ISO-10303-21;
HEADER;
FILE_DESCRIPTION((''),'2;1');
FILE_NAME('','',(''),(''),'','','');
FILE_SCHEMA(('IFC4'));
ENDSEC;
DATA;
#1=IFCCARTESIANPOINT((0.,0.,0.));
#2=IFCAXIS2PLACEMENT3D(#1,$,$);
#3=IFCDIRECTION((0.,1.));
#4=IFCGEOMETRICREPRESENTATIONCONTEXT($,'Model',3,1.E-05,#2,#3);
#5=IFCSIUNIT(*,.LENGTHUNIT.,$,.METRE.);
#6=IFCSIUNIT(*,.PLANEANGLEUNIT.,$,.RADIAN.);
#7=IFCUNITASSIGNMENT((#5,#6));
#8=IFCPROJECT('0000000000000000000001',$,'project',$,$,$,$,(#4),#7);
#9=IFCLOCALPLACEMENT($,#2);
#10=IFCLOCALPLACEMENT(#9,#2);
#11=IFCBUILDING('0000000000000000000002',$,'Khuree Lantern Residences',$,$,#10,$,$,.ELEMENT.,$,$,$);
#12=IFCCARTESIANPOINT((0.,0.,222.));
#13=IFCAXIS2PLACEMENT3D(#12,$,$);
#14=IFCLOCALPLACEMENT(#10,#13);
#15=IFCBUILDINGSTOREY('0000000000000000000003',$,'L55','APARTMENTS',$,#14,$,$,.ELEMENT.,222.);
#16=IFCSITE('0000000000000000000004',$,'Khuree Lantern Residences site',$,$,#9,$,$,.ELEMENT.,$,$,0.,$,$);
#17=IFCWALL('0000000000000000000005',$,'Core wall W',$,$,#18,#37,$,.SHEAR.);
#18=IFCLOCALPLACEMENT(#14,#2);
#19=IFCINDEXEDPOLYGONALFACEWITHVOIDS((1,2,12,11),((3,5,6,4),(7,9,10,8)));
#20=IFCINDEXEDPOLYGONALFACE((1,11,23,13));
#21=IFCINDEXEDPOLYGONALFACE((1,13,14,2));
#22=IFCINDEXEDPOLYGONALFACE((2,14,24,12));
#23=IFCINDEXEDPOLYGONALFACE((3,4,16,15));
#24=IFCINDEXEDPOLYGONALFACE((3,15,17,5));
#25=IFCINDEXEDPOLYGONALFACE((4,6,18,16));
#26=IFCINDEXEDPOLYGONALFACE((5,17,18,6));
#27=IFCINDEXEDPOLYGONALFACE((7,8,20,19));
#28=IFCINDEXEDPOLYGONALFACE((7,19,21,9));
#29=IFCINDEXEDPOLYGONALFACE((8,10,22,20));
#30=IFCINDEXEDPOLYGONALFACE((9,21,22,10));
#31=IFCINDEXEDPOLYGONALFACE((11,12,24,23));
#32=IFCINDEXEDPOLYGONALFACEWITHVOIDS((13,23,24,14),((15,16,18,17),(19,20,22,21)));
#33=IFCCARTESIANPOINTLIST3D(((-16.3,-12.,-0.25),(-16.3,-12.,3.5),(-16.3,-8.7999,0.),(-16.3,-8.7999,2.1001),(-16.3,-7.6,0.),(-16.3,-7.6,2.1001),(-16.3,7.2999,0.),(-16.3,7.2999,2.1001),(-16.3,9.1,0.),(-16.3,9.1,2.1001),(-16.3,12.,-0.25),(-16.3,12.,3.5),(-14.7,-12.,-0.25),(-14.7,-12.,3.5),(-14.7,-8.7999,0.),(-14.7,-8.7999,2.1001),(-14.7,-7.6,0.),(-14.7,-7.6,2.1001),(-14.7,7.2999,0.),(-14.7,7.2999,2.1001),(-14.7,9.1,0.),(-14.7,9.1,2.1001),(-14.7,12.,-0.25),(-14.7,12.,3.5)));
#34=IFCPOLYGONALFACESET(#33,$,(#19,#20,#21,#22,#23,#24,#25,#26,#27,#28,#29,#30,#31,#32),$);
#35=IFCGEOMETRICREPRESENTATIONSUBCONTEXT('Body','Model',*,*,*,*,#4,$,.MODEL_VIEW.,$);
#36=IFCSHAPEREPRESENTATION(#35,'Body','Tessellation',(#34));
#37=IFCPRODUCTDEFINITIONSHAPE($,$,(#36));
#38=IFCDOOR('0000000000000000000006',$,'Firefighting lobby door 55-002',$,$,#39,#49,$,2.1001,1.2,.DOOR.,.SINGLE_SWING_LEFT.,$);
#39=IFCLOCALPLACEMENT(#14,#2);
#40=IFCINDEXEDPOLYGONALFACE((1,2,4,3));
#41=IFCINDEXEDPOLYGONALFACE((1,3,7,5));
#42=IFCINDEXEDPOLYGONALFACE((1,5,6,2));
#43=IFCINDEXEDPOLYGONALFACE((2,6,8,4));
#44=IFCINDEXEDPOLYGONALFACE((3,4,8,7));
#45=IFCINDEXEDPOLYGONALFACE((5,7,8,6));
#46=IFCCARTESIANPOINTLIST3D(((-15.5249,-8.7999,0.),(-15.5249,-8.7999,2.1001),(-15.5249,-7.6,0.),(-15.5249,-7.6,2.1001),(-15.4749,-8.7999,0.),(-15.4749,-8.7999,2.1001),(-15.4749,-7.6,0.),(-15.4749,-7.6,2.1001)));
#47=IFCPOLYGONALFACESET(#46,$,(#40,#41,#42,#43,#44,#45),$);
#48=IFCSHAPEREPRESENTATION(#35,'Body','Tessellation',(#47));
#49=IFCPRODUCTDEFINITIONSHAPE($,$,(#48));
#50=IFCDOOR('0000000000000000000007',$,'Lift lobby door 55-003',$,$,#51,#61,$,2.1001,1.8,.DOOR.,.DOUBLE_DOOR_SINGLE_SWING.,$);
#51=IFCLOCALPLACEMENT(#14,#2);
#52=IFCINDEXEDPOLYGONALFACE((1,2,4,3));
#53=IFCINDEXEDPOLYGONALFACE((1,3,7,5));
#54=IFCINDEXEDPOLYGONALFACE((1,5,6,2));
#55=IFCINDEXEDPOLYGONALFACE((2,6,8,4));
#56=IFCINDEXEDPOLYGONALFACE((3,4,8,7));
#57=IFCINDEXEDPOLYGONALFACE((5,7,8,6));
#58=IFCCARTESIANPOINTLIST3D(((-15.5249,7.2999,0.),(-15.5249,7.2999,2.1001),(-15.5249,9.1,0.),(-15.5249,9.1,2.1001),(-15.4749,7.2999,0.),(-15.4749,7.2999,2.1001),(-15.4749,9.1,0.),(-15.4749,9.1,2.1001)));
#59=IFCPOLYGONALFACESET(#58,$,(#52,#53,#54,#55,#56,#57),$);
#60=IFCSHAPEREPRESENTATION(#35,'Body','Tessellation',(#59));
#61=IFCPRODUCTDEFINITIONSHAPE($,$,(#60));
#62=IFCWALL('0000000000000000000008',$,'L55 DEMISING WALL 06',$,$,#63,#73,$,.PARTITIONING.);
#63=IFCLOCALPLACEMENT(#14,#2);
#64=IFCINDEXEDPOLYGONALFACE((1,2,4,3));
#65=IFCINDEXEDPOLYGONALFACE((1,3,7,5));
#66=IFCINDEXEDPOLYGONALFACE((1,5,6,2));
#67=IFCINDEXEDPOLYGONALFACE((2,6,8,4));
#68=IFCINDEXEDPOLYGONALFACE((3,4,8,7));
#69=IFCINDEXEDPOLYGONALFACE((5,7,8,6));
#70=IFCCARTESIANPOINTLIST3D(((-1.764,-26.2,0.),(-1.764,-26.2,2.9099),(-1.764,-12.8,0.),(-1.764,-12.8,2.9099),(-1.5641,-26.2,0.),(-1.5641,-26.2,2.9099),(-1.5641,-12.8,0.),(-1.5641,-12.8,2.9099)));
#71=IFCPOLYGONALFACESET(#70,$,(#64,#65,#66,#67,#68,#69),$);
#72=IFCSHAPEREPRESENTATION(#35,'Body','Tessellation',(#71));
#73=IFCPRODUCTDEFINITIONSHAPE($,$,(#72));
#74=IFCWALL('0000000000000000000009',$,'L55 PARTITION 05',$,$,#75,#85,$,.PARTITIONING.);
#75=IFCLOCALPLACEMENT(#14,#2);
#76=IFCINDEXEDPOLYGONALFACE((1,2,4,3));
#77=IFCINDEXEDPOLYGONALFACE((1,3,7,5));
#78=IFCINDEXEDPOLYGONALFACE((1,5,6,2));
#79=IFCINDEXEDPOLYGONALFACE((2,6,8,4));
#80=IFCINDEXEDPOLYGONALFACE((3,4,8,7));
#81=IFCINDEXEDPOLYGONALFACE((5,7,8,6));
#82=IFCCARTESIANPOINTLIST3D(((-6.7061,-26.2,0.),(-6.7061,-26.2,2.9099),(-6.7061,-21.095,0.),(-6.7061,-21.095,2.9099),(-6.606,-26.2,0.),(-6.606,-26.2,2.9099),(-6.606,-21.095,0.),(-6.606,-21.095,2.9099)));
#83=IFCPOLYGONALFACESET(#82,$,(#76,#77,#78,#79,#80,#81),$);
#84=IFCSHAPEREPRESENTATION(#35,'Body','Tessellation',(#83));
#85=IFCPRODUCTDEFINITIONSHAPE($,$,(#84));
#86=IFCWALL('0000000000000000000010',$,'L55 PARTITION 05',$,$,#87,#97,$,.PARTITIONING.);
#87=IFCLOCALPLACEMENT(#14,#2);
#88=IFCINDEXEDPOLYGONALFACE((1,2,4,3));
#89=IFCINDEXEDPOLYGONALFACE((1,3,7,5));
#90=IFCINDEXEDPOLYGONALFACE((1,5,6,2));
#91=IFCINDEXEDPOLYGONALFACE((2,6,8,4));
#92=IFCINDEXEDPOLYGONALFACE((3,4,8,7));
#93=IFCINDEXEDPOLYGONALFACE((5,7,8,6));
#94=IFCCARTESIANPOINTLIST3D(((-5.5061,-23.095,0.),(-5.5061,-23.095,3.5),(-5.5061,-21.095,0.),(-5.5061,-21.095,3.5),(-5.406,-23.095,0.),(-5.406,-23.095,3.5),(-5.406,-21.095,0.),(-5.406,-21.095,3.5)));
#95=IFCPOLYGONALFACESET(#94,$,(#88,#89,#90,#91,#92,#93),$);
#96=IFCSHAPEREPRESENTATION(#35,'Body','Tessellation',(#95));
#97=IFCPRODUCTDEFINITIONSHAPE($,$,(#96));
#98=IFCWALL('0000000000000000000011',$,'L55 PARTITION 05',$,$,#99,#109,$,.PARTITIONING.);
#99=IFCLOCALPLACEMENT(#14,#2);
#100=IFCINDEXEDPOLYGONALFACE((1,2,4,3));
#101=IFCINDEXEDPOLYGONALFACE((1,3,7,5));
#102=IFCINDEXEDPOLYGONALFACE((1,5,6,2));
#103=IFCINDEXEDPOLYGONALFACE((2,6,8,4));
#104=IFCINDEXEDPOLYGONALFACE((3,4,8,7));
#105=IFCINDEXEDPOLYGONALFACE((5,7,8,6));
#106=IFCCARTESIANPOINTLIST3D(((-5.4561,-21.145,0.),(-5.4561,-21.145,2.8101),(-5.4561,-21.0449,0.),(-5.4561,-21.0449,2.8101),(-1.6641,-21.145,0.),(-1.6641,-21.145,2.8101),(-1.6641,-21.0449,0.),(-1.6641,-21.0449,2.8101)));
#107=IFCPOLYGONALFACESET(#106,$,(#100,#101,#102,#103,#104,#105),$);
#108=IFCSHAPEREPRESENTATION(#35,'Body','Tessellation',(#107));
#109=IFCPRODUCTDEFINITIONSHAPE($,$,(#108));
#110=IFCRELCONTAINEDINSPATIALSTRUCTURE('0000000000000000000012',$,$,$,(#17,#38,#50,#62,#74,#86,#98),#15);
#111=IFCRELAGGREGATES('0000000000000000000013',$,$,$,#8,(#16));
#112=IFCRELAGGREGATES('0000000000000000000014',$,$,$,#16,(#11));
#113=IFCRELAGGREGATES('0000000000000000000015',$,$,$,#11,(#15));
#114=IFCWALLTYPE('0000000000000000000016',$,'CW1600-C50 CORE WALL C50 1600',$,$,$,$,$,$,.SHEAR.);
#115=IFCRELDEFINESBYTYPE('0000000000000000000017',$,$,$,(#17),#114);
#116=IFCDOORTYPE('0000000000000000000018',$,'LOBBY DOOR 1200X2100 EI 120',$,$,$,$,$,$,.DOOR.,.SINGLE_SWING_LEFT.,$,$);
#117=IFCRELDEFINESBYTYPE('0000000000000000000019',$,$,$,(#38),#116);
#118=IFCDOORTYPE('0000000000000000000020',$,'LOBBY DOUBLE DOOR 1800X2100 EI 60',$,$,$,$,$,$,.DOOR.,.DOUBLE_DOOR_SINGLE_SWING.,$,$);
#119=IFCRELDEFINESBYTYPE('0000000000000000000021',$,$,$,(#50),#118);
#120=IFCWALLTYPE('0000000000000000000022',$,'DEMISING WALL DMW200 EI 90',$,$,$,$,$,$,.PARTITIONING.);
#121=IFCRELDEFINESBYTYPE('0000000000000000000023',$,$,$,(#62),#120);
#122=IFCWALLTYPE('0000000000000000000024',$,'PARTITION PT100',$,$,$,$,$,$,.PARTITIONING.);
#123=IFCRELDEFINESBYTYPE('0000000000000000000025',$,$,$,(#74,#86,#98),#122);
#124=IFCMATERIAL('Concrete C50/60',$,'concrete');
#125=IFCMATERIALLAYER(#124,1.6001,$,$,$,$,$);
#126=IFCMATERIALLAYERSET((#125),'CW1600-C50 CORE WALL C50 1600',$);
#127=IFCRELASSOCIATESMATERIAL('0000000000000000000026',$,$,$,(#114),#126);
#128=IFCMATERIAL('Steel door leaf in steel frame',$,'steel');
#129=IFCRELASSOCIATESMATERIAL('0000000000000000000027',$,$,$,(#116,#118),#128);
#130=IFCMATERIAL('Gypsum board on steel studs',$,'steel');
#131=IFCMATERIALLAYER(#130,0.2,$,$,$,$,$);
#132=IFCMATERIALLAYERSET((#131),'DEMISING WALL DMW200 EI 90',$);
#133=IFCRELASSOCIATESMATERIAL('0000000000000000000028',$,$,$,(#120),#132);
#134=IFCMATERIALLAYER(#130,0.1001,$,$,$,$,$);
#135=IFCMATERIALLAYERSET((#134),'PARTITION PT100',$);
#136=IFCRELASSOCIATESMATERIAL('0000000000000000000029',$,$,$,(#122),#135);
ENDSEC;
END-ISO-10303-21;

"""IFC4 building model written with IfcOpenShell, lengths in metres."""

from ifc_helpers import new_model, si_unit, direction, frame, frame_2d, origin, place, context, subcontext, project, spatial, rectangle, extrude, material, layer, layer_set, type_object, element, fill, save


model = new_model("IFC4")

# Units and contexts
model_context = context("Model", 3, precision=1e-05, world=origin(), true_north=direction((0.0, 1.0)))
body_context = subcontext(model_context, "Body", "Model", "MODEL_VIEW")
ifc_project = project(units=[si_unit("LENGTHUNIT", "METRE"), si_unit("PLANEANGLEUNIT", "RADIAN")], contexts=[model_context])

# Site, building, storey
site_placement = place(None, origin())
site = spatial("IfcSite", under=ifc_project, at=site_placement, Name="Khuree Lantern Residences site", CompositionType="ELEMENT", RefElevation=0.0)
building_placement = place(site_placement, origin())
building = spatial("IfcBuilding", under=site, at=building_placement, Name="Khuree Lantern Residences", CompositionType="ELEMENT")
storey_placement = place(building_placement, frame((0.0, 0.0, 222.0)))
storey = spatial("IfcBuildingStorey", under=building, at=storey_placement, Name="L55", Description="APARTMENTS", CompositionType="ELEMENT", Elevation=222.0)

# Shared definitions
ifc_material_1 = material(Name="Concrete C50/60", Category="concrete")

# Shared definitions
ifc_material_2 = material(Name="Gypsum board on steel studs", Category="steel")
ifc_layer_1 = layer(ifc_material_1, 1.6001)
ifc_layer_set_1 = layer_set([ifc_layer_1], Name="CW1600-C50 CORE WALL C50 1600")
wall_type_1 = type_object("IfcWallType", Name="CW1600-C50 CORE WALL C50 1600", PredefinedType="SHEAR", material=ifc_layer_set_1)

# Wall, openings, doors
wall_1_placement = place(storey_placement, frame((-15.5, -12.0, -0.25), z_axis=(0.0, 0.0, 1.0), x_axis=(0.0, 1.0, 0.0)))
wall_1 = element("IfcWall", 1, at=wall_1_placement, inside=storey, type_object=wall_type_1, Name="Core wall W", PredefinedType="SHEAR", context=body_context, shape_type="SweptSolid", body=[
    extrude(rectangle(XDim=24.0, YDim=1.6001, at=frame_2d((12.0, 0.0))), origin(), (0.0, 0.0, 1.0), 3.75),
])
opening_1_placement = place(wall_1_placement, frame((3.2, 0.0, 0.25)))
opening_1 = element("IfcOpeningElement", 2, at=opening_1_placement, cuts=wall_1, PredefinedType="OPENING", context=body_context, shape_type="SweptSolid", body=[
    extrude(rectangle(XDim=1.2, YDim=2.1001, at=frame_2d((0.6001, 1.05))), frame((0.0, 0.8101, 0.0), z_axis=(0.0, -1.0, 0.0), x_axis=(1.0, 0.0, 0.0)), (0.0, 0.0, 1.0), 1.6201),
])
opening_2_placement = place(wall_1_placement, frame((19.3, 0.0, 0.25)))
opening_2 = element("IfcOpeningElement", 3, at=opening_2_placement, cuts=wall_1, PredefinedType="OPENING", context=body_context, shape_type="SweptSolid", body=[
    extrude(rectangle(XDim=1.8, YDim=2.1001, at=frame_2d((0.8999, 1.05))), frame((0.0, 0.8101, 0.0), z_axis=(0.0, -1.0, 0.0), x_axis=(1.0, 0.0, 0.0)), (0.0, 0.0, 1.0), 1.6201),
])
ifc_material_3 = material(Name="Steel door leaf in steel frame", Category="steel")
door_type_1 = type_object("IfcDoorType", Name="LOBBY DOOR 1200X2100 EI 120", OperationType="SINGLE_SWING_LEFT", PredefinedType="DOOR", material=ifc_material_3)
door_1_placement = place(opening_1_placement, origin())
door_1 = element("IfcDoor", 4, at=door_1_placement, inside=storey, type_object=door_type_1, Name="Firefighting lobby door 55-002", OperationType="SINGLE_SWING_LEFT", OverallHeight=2.1001, OverallWidth=1.2, PredefinedType="DOOR", context=body_context, shape_type="SweptSolid", body=[
    extrude(rectangle(XDim=1.2, YDim=2.1001, at=frame_2d((0.6001, 1.05))), frame((0.0, 0.0249, 0.0), z_axis=(0.0, -1.0, 0.0), x_axis=(1.0, 0.0, 0.0)), (0.0, 0.0, 1.0), 0.05),
])
fill(opening_1, door_1)
door_type_2 = type_object("IfcDoorType", Name="LOBBY DOUBLE DOOR 1800X2100 EI 60", OperationType="DOUBLE_DOOR_SINGLE_SWING", PredefinedType="DOOR", material=ifc_material_3)
door_2_placement = place(opening_2_placement, origin())
door_2 = element("IfcDoor", 5, at=door_2_placement, inside=storey, type_object=door_type_2, Name="Lift lobby door 55-003", OperationType="DOUBLE_DOOR_SINGLE_SWING", OverallHeight=2.1001, OverallWidth=1.8, PredefinedType="DOOR", context=body_context, shape_type="SweptSolid", body=[
    extrude(rectangle(XDim=1.8, YDim=2.1001, at=frame_2d((0.8999, 1.05))), frame((0.0, 0.0249, 0.0), z_axis=(0.0, -1.0, 0.0), x_axis=(1.0, 0.0, 0.0)), (0.0, 0.0, 1.0), 0.05),
])
fill(opening_2, door_2)

# Walls
ifc_layer_2 = layer(ifc_material_2, 0.2)
ifc_layer_set_2 = layer_set([ifc_layer_2], Name="DEMISING WALL DMW200 EI 90")
wall_type_2 = type_object("IfcWallType", Name="DEMISING WALL DMW200 EI 90", PredefinedType="PARTITIONING", material=ifc_layer_set_2)
wall_2_placement = place(storey_placement, frame((-1.6641, -12.8, 0.0), z_axis=(0.0, 0.0, 1.0), x_axis=(0.0, -1.0, 0.0)))
element("IfcWall", 6, at=wall_2_placement, inside=storey, type_object=wall_type_2, Name="L55 DEMISING WALL 06", PredefinedType="PARTITIONING", context=body_context, shape_type="SweptSolid", body=[
    extrude(rectangle(XDim=13.3999, YDim=0.2, at=frame_2d((6.7, 0.0))), origin(), (0.0, 0.0, 1.0), 2.9099),
])
ifc_layer_3 = layer(ifc_material_2, 0.1001)
ifc_layer_set_3 = layer_set([ifc_layer_3], Name="PARTITION PT100")
wall_type_3 = type_object("IfcWallType", Name="PARTITION PT100", PredefinedType="PARTITIONING", material=ifc_layer_set_3)
wall_3_placement = place(storey_placement, frame((-6.656, -21.095, 0.0), z_axis=(0.0, 0.0, 1.0), x_axis=(0.0, -1.0, 0.0)))
element("IfcWall", 7, at=wall_3_placement, inside=storey, type_object=wall_type_3, Name="L55 PARTITION 05", PredefinedType="PARTITIONING", context=body_context, shape_type="SweptSolid", body=[
    extrude(rectangle(XDim=5.105, YDim=0.1001, at=frame_2d((2.5525, 0.0))), origin(), (0.0, 0.0, 1.0), 2.9099),
])
wall_4_placement = place(storey_placement, frame((-5.4561, -21.095, 0.0), z_axis=(0.0, 0.0, 1.0), x_axis=(0.0, -1.0, 0.0)))
element("IfcWall", 8, at=wall_4_placement, inside=storey, type_object=wall_type_3, Name="L55 PARTITION 05", PredefinedType="PARTITIONING", context=body_context, shape_type="SweptSolid", body=[
    extrude(rectangle(XDim=2.0, YDim=0.1001, at=frame_2d((1.0, 0.0))), origin(), (0.0, 0.0, 1.0), 3.5),
])
wall_5_placement = place(storey_placement, frame((-5.4561, -21.095, 0.0), z_axis=(0.0, 0.0, 1.0), x_axis=(1.0, 0.0, 0.0)))
element("IfcWall", 9, at=wall_5_placement, inside=storey, type_object=wall_type_3, Name="L55 PARTITION 05", PredefinedType="PARTITIONING", context=body_context, shape_type="SweptSolid", body=[
    extrude(rectangle(XDim=3.792, YDim=0.1001, at=frame_2d((1.896, 0.0))), origin(), (0.0, 0.0, 1.0), 2.8101),
])

save(model, "model.ifc")
